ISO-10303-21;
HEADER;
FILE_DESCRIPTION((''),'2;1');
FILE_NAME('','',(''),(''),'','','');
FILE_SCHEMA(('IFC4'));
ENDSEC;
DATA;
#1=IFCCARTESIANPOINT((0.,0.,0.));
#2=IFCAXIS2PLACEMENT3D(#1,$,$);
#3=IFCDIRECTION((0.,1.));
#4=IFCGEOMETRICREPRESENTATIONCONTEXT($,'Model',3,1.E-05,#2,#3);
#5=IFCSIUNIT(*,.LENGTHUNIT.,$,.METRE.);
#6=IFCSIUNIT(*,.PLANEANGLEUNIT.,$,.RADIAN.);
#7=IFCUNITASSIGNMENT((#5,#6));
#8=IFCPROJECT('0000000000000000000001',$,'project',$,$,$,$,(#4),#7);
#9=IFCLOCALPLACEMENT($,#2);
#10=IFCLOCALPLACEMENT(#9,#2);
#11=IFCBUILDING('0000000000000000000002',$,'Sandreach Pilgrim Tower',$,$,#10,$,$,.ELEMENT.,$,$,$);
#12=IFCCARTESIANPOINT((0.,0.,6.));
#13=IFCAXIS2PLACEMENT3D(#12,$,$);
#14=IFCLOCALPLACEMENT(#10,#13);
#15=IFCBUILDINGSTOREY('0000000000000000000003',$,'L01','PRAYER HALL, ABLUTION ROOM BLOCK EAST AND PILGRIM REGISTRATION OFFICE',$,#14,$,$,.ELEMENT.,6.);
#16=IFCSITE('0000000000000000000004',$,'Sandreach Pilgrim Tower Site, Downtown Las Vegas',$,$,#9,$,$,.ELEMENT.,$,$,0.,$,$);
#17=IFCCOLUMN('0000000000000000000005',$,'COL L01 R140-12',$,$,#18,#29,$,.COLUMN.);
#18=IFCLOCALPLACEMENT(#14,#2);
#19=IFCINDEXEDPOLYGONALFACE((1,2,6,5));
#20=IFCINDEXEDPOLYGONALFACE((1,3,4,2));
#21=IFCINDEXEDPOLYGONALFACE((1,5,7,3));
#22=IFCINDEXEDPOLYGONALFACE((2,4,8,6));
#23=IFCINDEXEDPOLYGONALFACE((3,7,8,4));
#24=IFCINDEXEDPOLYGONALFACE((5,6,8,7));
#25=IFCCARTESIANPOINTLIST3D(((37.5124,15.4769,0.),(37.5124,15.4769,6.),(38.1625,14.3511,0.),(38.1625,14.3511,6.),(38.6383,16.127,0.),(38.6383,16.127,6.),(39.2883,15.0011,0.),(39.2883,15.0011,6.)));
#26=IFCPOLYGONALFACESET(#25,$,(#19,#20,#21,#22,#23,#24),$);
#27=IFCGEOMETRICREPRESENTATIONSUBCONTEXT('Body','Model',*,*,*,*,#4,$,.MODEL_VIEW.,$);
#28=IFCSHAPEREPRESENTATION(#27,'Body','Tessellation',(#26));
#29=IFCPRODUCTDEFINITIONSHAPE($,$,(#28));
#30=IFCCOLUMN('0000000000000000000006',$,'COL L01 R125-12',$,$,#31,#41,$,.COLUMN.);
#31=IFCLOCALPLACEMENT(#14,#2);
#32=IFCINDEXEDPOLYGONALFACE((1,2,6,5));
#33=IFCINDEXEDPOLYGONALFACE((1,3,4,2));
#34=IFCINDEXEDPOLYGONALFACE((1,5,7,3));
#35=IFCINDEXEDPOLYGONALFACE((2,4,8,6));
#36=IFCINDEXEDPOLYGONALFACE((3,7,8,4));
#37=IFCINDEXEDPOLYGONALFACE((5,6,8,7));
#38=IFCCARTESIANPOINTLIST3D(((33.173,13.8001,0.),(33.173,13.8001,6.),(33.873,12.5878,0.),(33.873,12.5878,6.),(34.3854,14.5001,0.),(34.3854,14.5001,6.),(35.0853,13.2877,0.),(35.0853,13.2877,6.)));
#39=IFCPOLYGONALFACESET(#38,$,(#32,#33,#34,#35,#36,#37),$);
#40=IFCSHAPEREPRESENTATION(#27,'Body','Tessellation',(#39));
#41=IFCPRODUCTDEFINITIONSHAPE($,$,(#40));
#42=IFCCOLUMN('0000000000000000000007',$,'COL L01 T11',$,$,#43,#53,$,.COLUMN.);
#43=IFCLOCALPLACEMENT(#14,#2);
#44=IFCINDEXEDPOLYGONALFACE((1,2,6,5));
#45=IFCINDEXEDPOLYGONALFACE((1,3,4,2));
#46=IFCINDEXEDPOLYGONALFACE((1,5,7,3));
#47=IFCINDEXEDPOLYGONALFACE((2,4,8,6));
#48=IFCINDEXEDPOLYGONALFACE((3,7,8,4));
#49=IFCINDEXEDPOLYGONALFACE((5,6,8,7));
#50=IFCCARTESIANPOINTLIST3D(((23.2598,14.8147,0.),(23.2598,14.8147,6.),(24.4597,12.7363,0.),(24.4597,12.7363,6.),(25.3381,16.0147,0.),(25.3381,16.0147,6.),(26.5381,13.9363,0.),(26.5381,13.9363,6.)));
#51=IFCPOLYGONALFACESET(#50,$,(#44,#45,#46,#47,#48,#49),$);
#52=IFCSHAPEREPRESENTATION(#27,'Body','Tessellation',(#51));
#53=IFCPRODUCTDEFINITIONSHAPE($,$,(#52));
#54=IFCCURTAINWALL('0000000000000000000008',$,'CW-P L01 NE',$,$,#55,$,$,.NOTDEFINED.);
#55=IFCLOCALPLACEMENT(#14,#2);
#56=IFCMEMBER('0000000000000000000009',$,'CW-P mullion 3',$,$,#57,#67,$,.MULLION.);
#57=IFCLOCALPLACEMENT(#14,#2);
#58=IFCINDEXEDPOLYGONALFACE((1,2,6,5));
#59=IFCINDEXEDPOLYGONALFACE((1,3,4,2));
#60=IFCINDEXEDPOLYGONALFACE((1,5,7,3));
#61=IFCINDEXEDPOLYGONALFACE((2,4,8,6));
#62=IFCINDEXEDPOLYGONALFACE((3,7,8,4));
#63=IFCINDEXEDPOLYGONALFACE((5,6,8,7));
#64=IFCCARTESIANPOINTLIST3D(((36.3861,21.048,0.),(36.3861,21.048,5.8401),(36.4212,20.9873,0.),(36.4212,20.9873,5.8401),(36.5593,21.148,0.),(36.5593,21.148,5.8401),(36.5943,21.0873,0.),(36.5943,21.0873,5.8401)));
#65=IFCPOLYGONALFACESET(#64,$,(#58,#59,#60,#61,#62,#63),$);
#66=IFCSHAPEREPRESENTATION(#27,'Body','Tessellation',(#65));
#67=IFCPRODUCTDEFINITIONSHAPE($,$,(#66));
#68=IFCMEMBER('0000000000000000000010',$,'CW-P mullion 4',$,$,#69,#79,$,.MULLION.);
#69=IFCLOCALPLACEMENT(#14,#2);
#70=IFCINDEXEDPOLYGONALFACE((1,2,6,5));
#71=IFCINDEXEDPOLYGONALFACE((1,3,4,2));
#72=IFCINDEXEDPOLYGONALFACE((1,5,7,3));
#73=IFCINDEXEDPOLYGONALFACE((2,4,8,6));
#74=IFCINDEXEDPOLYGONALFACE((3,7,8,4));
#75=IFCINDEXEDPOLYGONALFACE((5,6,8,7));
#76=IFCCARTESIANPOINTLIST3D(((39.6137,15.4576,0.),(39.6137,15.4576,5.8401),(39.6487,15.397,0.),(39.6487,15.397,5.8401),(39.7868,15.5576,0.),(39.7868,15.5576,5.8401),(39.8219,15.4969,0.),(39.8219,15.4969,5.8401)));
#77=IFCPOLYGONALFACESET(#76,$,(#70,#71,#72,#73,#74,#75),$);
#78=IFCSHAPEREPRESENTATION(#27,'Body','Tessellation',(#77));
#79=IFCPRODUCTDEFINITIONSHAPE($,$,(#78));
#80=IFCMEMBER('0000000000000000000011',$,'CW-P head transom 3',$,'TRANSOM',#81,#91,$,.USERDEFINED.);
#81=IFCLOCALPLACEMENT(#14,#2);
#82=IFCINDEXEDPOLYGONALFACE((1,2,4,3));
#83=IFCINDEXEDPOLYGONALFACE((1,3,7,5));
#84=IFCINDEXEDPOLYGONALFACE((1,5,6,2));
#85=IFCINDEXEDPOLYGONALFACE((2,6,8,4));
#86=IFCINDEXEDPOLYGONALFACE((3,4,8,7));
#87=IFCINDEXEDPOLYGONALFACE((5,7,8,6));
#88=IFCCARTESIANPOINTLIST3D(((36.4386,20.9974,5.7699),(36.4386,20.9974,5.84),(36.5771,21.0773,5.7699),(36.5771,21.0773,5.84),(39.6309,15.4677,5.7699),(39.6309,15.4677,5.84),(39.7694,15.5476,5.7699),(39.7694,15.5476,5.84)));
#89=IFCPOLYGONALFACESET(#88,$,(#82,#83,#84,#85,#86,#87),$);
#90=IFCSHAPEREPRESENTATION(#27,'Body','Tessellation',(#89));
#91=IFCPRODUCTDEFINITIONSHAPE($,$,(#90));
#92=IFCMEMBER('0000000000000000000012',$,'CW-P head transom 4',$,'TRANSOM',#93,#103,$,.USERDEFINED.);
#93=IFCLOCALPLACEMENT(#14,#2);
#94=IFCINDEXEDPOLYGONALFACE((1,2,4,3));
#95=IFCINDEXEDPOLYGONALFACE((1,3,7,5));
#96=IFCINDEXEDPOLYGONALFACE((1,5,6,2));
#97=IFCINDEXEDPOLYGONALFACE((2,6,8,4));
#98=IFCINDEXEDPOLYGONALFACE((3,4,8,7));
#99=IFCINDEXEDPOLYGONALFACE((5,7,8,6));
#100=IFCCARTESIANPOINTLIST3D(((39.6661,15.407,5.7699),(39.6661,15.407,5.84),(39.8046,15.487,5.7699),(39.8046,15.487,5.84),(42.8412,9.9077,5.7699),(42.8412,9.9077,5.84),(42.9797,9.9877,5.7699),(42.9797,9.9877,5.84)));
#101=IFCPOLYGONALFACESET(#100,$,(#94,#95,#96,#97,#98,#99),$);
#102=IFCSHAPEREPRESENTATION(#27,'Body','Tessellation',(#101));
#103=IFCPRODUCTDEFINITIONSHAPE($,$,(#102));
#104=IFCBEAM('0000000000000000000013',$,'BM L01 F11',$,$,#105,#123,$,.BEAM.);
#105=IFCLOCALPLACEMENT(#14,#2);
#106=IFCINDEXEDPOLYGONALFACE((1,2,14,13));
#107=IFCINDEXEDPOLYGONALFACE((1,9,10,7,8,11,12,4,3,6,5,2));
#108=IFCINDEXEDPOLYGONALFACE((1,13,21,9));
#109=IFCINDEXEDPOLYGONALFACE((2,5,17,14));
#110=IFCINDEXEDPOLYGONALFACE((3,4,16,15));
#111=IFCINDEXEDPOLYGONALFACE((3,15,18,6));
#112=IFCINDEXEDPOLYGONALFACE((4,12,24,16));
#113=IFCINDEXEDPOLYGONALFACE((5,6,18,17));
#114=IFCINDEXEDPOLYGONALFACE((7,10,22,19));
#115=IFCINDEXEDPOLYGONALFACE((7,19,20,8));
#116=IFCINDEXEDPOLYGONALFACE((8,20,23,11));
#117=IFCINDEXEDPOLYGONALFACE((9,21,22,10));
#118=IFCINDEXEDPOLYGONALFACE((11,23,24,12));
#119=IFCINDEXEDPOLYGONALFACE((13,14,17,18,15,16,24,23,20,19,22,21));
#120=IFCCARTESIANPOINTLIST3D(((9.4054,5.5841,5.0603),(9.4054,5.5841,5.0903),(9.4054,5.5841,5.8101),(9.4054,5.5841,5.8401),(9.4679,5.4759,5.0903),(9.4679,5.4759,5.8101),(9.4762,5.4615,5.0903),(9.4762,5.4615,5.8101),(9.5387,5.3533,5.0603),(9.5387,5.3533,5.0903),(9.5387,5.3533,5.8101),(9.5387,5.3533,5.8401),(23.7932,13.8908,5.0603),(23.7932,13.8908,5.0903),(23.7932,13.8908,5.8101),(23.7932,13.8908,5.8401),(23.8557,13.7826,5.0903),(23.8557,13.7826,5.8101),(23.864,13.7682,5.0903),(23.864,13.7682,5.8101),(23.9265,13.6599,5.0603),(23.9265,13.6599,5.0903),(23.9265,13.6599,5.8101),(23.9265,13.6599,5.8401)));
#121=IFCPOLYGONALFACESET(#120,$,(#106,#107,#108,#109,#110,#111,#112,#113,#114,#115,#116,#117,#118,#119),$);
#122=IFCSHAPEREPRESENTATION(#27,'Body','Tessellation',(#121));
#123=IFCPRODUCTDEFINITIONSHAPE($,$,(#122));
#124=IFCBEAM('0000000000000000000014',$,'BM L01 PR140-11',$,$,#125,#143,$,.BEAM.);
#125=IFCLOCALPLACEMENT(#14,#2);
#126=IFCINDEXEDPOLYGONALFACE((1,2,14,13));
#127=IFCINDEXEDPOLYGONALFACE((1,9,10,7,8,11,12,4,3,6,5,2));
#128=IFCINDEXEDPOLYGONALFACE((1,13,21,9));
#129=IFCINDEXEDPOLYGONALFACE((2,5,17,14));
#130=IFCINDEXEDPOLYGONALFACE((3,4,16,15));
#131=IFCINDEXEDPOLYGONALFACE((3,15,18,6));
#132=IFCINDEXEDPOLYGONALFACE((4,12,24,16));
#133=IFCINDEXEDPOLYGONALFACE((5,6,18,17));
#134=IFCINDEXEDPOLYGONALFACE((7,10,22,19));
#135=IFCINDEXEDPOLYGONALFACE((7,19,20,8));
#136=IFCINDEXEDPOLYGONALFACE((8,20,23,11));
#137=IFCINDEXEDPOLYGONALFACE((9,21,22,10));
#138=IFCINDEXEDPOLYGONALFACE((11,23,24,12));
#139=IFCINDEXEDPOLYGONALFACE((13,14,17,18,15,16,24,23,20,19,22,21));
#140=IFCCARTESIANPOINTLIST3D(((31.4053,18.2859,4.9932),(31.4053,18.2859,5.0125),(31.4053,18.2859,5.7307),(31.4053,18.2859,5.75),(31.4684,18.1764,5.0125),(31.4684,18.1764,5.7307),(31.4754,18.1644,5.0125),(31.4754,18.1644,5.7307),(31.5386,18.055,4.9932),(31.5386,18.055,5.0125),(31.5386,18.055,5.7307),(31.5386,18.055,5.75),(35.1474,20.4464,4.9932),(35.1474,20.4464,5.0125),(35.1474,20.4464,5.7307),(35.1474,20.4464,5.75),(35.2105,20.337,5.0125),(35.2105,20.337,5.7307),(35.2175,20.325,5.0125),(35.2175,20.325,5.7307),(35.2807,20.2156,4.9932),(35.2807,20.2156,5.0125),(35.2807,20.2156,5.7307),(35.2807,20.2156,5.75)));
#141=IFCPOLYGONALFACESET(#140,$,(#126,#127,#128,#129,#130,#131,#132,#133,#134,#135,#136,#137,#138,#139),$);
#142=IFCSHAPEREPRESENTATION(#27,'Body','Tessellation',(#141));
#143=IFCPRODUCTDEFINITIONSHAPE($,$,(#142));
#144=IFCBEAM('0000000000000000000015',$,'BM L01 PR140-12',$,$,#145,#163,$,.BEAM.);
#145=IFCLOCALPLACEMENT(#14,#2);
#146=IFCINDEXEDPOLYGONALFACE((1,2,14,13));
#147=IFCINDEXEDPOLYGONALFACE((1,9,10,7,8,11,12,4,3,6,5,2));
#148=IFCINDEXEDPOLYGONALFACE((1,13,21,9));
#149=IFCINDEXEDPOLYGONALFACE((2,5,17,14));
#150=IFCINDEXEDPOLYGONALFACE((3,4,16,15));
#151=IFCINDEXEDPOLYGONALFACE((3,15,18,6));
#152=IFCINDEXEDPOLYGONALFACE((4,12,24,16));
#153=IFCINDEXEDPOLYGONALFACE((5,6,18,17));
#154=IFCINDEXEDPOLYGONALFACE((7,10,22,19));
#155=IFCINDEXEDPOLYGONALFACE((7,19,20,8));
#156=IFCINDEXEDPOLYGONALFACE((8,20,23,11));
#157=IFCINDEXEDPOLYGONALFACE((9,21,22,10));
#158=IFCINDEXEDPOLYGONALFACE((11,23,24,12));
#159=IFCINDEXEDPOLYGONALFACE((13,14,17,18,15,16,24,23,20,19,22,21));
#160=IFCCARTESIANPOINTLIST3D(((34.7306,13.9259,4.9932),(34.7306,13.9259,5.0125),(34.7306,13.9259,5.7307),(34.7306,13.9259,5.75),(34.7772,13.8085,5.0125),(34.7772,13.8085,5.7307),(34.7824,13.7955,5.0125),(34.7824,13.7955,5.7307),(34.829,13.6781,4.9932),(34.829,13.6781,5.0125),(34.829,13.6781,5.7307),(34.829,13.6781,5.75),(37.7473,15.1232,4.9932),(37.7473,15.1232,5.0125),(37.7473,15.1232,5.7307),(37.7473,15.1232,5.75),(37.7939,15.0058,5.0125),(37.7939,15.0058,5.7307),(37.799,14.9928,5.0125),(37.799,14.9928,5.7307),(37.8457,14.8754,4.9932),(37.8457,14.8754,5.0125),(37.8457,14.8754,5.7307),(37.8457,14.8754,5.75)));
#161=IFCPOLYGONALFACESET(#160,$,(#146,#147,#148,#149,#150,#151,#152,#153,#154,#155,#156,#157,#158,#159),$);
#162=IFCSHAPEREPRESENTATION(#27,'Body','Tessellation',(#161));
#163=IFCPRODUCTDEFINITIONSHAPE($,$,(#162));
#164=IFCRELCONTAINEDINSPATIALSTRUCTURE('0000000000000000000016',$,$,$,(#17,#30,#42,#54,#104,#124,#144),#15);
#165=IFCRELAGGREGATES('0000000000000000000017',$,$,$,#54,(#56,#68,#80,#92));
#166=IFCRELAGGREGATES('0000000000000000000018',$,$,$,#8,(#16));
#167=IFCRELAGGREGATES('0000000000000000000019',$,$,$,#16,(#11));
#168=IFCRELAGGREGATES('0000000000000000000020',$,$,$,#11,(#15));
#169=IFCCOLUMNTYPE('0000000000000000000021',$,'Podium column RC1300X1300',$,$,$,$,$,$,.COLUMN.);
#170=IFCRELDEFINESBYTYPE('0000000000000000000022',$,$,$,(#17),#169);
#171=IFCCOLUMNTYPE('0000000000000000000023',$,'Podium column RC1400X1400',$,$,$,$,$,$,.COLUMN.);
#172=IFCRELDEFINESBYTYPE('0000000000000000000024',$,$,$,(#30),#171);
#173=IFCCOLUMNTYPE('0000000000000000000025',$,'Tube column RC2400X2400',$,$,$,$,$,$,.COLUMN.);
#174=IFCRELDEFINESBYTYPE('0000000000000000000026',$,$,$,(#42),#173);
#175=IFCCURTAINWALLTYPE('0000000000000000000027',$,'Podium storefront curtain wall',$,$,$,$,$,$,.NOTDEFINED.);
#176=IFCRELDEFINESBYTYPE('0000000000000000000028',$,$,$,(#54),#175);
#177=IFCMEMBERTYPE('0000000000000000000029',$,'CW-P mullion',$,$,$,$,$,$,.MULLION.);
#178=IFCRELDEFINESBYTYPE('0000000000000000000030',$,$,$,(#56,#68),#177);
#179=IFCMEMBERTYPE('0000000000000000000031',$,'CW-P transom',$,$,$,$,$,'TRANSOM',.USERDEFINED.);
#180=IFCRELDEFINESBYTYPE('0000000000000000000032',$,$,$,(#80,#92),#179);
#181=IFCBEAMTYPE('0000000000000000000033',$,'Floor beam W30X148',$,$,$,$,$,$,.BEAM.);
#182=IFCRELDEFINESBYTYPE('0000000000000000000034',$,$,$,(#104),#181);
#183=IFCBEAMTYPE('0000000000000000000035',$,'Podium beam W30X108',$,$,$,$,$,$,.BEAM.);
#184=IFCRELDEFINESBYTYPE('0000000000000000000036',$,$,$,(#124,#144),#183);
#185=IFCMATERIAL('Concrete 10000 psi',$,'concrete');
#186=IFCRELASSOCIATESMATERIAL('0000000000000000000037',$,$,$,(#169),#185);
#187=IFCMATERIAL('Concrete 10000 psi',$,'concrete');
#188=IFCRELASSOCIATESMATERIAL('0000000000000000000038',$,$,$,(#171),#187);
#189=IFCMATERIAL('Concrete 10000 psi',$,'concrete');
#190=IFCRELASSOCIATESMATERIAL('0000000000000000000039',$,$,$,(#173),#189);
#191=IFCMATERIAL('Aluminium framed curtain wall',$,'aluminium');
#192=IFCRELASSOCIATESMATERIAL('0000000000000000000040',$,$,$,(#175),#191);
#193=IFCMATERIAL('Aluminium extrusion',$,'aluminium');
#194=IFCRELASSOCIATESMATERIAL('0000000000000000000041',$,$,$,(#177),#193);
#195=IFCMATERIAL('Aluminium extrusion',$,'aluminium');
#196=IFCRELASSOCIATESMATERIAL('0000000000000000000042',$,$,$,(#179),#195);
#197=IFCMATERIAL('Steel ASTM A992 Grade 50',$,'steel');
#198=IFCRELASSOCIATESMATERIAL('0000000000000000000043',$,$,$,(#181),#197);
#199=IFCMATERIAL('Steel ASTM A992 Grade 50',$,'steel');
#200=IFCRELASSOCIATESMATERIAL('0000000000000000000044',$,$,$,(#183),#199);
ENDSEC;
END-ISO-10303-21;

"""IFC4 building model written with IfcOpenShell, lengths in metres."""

from ifc_helpers import new_model, si_unit, direction, frame, origin, origin_2d, place, context, subcontext, project, spatial, rectangle, i_section, extrude, material, material_profile, profile_set, type_object, element, aggregate, save


model = new_model("IFC4")

# Units and contexts
model_context = context("Model", 3, precision=1e-05, world=origin(), true_north=direction((0.0, 1.0)))
body_context = subcontext(model_context, "Body", "Model", "MODEL_VIEW")
ifc_project = project(units=[si_unit("LENGTHUNIT", "METRE"), si_unit("PLANEANGLEUNIT", "RADIAN")], contexts=[model_context])

# Site, building, storey
site_placement = place(None, origin())
site = spatial("IfcSite", under=ifc_project, at=site_placement, Name="Sandreach Pilgrim Tower Site, Downtown Las Vegas", CompositionType="ELEMENT", RefElevation=0.0)
building_placement = place(site_placement, origin())
building = spatial("IfcBuilding", under=site, at=building_placement, Name="Sandreach Pilgrim Tower", CompositionType="ELEMENT")
storey_placement = place(building_placement, frame((0.0, 0.0, 6.0)))
storey = spatial("IfcBuildingStorey", under=building, at=storey_placement, Name="L01", Description="PRAYER HALL, ABLUTION ROOM BLOCK EAST AND PILGRIM REGISTRATION OFFICE", CompositionType="ELEMENT", Elevation=6.0)

# Columns
ifc_material_1 = material(Name="Concrete 10000 psi", Category="concrete")
ifc_material_profile_1 = material_profile(ifc_material_1, rectangle(XDim=1.3, YDim=1.3, at=origin_2d()), Name="RC1300X1300")
ifc_profile_set_1 = profile_set([ifc_material_profile_1], Name="Concrete 10000 psi")
column_type_1 = type_object("IfcColumnType", Name="Podium column RC1300X1300", PredefinedType="COLUMN", material=ifc_profile_set_1)
column_1_placement = place(storey_placement, frame((38.4004, 15.239, 0.0), z_axis=(0.0, 0.0, 1.0), x_axis=(0.866025, 0.5, 0.0)))
element("IfcColumn", 1, at=column_1_placement, inside=storey, type_object=column_type_1, Name="COL L01 R140-12", PredefinedType="COLUMN", context=body_context, shape_type="SweptSolid", body=[
    extrude(rectangle(XDim=1.3, YDim=1.3, at=origin_2d()), origin(), (0.0, 0.0, 1.0), 6.0),
])
ifc_material_2 = material(Name="Concrete 10000 psi", Category="concrete")
ifc_material_profile_2 = material_profile(ifc_material_2, rectangle(XDim=1.3999, YDim=1.3999, at=origin_2d()), Name="RC1400X1400")
ifc_profile_set_2 = profile_set([ifc_material_profile_2], Name="Concrete 10000 psi")
column_type_2 = type_object("IfcColumnType", Name="Podium column RC1400X1400", PredefinedType="COLUMN", material=ifc_profile_set_2)
column_2_placement = place(storey_placement, frame((34.1292, 13.5439, 0.0), z_axis=(0.0, 0.0, 1.0), x_axis=(0.866025, 0.5, 0.0)))
element("IfcColumn", 2, at=column_2_placement, inside=storey, type_object=column_type_2, Name="COL L01 R125-12", PredefinedType="COLUMN", context=body_context, shape_type="SweptSolid", body=[
    extrude(rectangle(XDim=1.3999, YDim=1.3999, at=origin_2d()), origin(), (0.0, 0.0, 1.0), 6.0),
])
ifc_material_3 = material(Name="Concrete 10000 psi", Category="concrete")
ifc_material_profile_3 = material_profile(ifc_material_3, rectangle(XDim=2.3999, YDim=2.3999, at=origin_2d()), Name="RC2400X2400")
ifc_profile_set_3 = profile_set([ifc_material_profile_3], Name="Concrete 10000 psi")
column_type_3 = type_object("IfcColumnType", Name="Tube column RC2400X2400", PredefinedType="COLUMN", material=ifc_profile_set_3)
column_3_placement = place(storey_placement, frame((24.8989, 14.3755, 0.0), z_axis=(0.0, 0.0, 1.0), x_axis=(0.866025, 0.5, 0.0)))
element("IfcColumn", 3, at=column_3_placement, inside=storey, type_object=column_type_3, Name="COL L01 T11", PredefinedType="COLUMN", context=body_context, shape_type="SweptSolid", body=[
    extrude(rectangle(XDim=2.3999, YDim=2.3999, at=origin_2d()), origin(), (0.0, 0.0, 1.0), 6.0),
])

# Curtain wall, members
ifc_material_4 = material(Name="Aluminium framed curtain wall", Category="aluminium")
curtain_wall_type = type_object("IfcCurtainWallType", Name="Podium storefront curtain wall", PredefinedType="NOTDEFINED", material=ifc_material_4)
curtain_wall_placement = place(storey_placement, origin())
curtain_wall = element("IfcCurtainWall", 4, at=curtain_wall_placement, inside=storey, type_object=curtain_wall_type, Name="CW-P L01 NE", PredefinedType="NOTDEFINED")
ifc_material_5 = material(Name="Aluminium extrusion", Category="aluminium")
ifc_material_profile_4 = material_profile(ifc_material_5, rectangle(XDim=0.0701, YDim=0.2, at=origin_2d()), Name="CW-PM 70X200")
ifc_profile_set_4 = profile_set([ifc_material_profile_4], Name="Aluminium extrusion")
member_type_1 = type_object("IfcMemberType", Name="CW-P mullion", PredefinedType="MULLION", material=ifc_profile_set_4)
member_1_placement = place(storey_placement, frame((36.4902, 21.0676, 0.0), z_axis=(0.0, 0.0, 1.0), x_axis=(0.5, -0.866025, 0.0)))
member_1 = element("IfcMember", 5, at=member_1_placement, type_object=member_type_1, Name="CW-P mullion 3", PredefinedType="MULLION", context=body_context, shape_type="SweptSolid", body=[
    extrude(rectangle(XDim=0.0701, YDim=0.2, at=origin_2d()), origin(), (0.0, 0.0, 1.0), 5.8401),
])
member_2_placement = place(storey_placement, frame((39.7178, 15.4773, 0.0), z_axis=(0.0, 0.0, 1.0), x_axis=(0.5, -0.866025, 0.0)))
member_2 = element("IfcMember", 6, at=member_2_placement, type_object=member_type_1, Name="CW-P mullion 4", PredefinedType="MULLION", context=body_context, shape_type="SweptSolid", body=[
    extrude(rectangle(XDim=0.0701, YDim=0.2, at=origin_2d()), origin(), (0.0, 0.0, 1.0), 5.8401),
])
ifc_material_6 = material(Name="Aluminium extrusion", Category="aluminium")
ifc_material_profile_5 = material_profile(ifc_material_6, rectangle(XDim=0.1599, YDim=0.0701, at=origin_2d()), Name="CW-PT 160X70")
ifc_profile_set_5 = profile_set([ifc_material_profile_5], Name="Aluminium extrusion")
member_type_2 = type_object("IfcMemberType", Name="CW-P transom", ElementType="TRANSOM", PredefinedType="USERDEFINED", material=ifc_profile_set_5)
member_3_placement = place(storey_placement, frame((36.5078, 21.0374, 5.8049), z_axis=(0.499972, -0.866042, 0.0), x_axis=(0.866042, 0.499972, 0.0)))
member_3 = element("IfcMember", 7, at=member_3_placement, type_object=member_type_2, Name="CW-P head transom 3", ObjectType="TRANSOM", PredefinedType="USERDEFINED", context=body_context, shape_type="SweptSolid", body=[
    extrude(rectangle(XDim=0.1599, YDim=0.0701, at=origin_2d()), origin(), (0.0, 0.0, 1.0), 6.385),
])
member_4_placement = place(storey_placement, frame((39.7354, 15.447, 5.8049), z_axis=(0.500005, -0.866022, 0.0), x_axis=(0.866022, 0.500005, 0.0)))
member_4 = element("IfcMember", 8, at=member_4_placement, type_object=member_type_2, Name="CW-P head transom 4", ObjectType="TRANSOM", PredefinedType="USERDEFINED", context=body_context, shape_type="SweptSolid", body=[
    extrude(rectangle(XDim=0.1599, YDim=0.0701, at=origin_2d()), origin(), (0.0, 0.0, 1.0), 6.3501),
])

# Beams
ifc_material_7 = material(Name="Steel ASTM A992 Grade 50", Category="steel")
ifc_material_profile_6 = material_profile(ifc_material_7, i_section(OverallWidth=0.2666, OverallDepth=0.7798, WebThickness=0.0166, FlangeThickness=0.03, at=origin_2d()), Name="W30X148")
ifc_profile_set_6 = profile_set([ifc_material_profile_6], Name="Steel ASTM A992 Grade 50")
beam_type_1 = type_object("IfcBeamType", Name="Floor beam W30X148", PredefinedType="BEAM", material=ifc_profile_set_6)
beam_1_placement = place(storey_placement, frame((23.8599, 13.7754, 5.4502), z_axis=(-0.866028, -0.499996, 0.0), x_axis=(0.499996, -0.866028, 0.0)))
element("IfcBeam", 9, at=beam_1_placement, inside=storey, type_object=beam_type_1, Name="BM L01 F11", PredefinedType="BEAM", context=body_context, shape_type="SweptSolid", body=[
    extrude(i_section(OverallWidth=0.2666, OverallDepth=0.7798, WebThickness=0.0166, FlangeThickness=0.03, at=origin_2d()), origin(), (0.0, 0.0, 1.0), 16.6135),
])
ifc_material_8 = material(Name="Steel ASTM A992 Grade 50", Category="steel")
ifc_material_profile_7 = material_profile(ifc_material_8, i_section(OverallWidth=0.2666, OverallDepth=0.7568, WebThickness=0.0139, FlangeThickness=0.0193, at=origin_2d()), Name="W30X108")
ifc_profile_set_7 = profile_set([ifc_material_profile_7], Name="Steel ASTM A992 Grade 50")
beam_type_2 = type_object("IfcBeamType", Name="Podium beam W30X108", PredefinedType="BEAM", material=ifc_profile_set_7)
beam_2_placement = place(storey_placement, frame((31.4719, 18.1704, 5.3716), z_axis=(0.866016, 0.500016, 0.0), x_axis=(-0.500016, 0.866016, 0.0)))
element("IfcBeam", 10, at=beam_2_placement, inside=storey, type_object=beam_type_2, Name="BM L01 PR140-11", PredefinedType="BEAM", context=body_context, shape_type="SweptSolid", body=[
    extrude(i_section(OverallWidth=0.2666, OverallDepth=0.7568, WebThickness=0.0139, FlangeThickness=0.0193, at=origin_2d()), origin(), (0.0, 0.0, 1.0), 4.321),
])
beam_3_placement = place(storey_placement, frame((34.7798, 13.802, 5.3716), z_axis=(0.929469, 0.368899, 0.0), x_axis=(-0.368899, 0.929469, 0.0)))
element("IfcBeam", 11, at=beam_3_placement, inside=storey, type_object=beam_type_2, Name="BM L01 PR140-12", PredefinedType="BEAM", context=body_context, shape_type="SweptSolid", body=[
    extrude(i_section(OverallWidth=0.2666, OverallDepth=0.7568, WebThickness=0.0139, FlangeThickness=0.0193, at=origin_2d()), origin(), (0.0, 0.0, 1.0), 3.2456),
])

aggregate(curtain_wall, [member_1, member_2, member_3, member_4])

save(model, "model.ifc")
